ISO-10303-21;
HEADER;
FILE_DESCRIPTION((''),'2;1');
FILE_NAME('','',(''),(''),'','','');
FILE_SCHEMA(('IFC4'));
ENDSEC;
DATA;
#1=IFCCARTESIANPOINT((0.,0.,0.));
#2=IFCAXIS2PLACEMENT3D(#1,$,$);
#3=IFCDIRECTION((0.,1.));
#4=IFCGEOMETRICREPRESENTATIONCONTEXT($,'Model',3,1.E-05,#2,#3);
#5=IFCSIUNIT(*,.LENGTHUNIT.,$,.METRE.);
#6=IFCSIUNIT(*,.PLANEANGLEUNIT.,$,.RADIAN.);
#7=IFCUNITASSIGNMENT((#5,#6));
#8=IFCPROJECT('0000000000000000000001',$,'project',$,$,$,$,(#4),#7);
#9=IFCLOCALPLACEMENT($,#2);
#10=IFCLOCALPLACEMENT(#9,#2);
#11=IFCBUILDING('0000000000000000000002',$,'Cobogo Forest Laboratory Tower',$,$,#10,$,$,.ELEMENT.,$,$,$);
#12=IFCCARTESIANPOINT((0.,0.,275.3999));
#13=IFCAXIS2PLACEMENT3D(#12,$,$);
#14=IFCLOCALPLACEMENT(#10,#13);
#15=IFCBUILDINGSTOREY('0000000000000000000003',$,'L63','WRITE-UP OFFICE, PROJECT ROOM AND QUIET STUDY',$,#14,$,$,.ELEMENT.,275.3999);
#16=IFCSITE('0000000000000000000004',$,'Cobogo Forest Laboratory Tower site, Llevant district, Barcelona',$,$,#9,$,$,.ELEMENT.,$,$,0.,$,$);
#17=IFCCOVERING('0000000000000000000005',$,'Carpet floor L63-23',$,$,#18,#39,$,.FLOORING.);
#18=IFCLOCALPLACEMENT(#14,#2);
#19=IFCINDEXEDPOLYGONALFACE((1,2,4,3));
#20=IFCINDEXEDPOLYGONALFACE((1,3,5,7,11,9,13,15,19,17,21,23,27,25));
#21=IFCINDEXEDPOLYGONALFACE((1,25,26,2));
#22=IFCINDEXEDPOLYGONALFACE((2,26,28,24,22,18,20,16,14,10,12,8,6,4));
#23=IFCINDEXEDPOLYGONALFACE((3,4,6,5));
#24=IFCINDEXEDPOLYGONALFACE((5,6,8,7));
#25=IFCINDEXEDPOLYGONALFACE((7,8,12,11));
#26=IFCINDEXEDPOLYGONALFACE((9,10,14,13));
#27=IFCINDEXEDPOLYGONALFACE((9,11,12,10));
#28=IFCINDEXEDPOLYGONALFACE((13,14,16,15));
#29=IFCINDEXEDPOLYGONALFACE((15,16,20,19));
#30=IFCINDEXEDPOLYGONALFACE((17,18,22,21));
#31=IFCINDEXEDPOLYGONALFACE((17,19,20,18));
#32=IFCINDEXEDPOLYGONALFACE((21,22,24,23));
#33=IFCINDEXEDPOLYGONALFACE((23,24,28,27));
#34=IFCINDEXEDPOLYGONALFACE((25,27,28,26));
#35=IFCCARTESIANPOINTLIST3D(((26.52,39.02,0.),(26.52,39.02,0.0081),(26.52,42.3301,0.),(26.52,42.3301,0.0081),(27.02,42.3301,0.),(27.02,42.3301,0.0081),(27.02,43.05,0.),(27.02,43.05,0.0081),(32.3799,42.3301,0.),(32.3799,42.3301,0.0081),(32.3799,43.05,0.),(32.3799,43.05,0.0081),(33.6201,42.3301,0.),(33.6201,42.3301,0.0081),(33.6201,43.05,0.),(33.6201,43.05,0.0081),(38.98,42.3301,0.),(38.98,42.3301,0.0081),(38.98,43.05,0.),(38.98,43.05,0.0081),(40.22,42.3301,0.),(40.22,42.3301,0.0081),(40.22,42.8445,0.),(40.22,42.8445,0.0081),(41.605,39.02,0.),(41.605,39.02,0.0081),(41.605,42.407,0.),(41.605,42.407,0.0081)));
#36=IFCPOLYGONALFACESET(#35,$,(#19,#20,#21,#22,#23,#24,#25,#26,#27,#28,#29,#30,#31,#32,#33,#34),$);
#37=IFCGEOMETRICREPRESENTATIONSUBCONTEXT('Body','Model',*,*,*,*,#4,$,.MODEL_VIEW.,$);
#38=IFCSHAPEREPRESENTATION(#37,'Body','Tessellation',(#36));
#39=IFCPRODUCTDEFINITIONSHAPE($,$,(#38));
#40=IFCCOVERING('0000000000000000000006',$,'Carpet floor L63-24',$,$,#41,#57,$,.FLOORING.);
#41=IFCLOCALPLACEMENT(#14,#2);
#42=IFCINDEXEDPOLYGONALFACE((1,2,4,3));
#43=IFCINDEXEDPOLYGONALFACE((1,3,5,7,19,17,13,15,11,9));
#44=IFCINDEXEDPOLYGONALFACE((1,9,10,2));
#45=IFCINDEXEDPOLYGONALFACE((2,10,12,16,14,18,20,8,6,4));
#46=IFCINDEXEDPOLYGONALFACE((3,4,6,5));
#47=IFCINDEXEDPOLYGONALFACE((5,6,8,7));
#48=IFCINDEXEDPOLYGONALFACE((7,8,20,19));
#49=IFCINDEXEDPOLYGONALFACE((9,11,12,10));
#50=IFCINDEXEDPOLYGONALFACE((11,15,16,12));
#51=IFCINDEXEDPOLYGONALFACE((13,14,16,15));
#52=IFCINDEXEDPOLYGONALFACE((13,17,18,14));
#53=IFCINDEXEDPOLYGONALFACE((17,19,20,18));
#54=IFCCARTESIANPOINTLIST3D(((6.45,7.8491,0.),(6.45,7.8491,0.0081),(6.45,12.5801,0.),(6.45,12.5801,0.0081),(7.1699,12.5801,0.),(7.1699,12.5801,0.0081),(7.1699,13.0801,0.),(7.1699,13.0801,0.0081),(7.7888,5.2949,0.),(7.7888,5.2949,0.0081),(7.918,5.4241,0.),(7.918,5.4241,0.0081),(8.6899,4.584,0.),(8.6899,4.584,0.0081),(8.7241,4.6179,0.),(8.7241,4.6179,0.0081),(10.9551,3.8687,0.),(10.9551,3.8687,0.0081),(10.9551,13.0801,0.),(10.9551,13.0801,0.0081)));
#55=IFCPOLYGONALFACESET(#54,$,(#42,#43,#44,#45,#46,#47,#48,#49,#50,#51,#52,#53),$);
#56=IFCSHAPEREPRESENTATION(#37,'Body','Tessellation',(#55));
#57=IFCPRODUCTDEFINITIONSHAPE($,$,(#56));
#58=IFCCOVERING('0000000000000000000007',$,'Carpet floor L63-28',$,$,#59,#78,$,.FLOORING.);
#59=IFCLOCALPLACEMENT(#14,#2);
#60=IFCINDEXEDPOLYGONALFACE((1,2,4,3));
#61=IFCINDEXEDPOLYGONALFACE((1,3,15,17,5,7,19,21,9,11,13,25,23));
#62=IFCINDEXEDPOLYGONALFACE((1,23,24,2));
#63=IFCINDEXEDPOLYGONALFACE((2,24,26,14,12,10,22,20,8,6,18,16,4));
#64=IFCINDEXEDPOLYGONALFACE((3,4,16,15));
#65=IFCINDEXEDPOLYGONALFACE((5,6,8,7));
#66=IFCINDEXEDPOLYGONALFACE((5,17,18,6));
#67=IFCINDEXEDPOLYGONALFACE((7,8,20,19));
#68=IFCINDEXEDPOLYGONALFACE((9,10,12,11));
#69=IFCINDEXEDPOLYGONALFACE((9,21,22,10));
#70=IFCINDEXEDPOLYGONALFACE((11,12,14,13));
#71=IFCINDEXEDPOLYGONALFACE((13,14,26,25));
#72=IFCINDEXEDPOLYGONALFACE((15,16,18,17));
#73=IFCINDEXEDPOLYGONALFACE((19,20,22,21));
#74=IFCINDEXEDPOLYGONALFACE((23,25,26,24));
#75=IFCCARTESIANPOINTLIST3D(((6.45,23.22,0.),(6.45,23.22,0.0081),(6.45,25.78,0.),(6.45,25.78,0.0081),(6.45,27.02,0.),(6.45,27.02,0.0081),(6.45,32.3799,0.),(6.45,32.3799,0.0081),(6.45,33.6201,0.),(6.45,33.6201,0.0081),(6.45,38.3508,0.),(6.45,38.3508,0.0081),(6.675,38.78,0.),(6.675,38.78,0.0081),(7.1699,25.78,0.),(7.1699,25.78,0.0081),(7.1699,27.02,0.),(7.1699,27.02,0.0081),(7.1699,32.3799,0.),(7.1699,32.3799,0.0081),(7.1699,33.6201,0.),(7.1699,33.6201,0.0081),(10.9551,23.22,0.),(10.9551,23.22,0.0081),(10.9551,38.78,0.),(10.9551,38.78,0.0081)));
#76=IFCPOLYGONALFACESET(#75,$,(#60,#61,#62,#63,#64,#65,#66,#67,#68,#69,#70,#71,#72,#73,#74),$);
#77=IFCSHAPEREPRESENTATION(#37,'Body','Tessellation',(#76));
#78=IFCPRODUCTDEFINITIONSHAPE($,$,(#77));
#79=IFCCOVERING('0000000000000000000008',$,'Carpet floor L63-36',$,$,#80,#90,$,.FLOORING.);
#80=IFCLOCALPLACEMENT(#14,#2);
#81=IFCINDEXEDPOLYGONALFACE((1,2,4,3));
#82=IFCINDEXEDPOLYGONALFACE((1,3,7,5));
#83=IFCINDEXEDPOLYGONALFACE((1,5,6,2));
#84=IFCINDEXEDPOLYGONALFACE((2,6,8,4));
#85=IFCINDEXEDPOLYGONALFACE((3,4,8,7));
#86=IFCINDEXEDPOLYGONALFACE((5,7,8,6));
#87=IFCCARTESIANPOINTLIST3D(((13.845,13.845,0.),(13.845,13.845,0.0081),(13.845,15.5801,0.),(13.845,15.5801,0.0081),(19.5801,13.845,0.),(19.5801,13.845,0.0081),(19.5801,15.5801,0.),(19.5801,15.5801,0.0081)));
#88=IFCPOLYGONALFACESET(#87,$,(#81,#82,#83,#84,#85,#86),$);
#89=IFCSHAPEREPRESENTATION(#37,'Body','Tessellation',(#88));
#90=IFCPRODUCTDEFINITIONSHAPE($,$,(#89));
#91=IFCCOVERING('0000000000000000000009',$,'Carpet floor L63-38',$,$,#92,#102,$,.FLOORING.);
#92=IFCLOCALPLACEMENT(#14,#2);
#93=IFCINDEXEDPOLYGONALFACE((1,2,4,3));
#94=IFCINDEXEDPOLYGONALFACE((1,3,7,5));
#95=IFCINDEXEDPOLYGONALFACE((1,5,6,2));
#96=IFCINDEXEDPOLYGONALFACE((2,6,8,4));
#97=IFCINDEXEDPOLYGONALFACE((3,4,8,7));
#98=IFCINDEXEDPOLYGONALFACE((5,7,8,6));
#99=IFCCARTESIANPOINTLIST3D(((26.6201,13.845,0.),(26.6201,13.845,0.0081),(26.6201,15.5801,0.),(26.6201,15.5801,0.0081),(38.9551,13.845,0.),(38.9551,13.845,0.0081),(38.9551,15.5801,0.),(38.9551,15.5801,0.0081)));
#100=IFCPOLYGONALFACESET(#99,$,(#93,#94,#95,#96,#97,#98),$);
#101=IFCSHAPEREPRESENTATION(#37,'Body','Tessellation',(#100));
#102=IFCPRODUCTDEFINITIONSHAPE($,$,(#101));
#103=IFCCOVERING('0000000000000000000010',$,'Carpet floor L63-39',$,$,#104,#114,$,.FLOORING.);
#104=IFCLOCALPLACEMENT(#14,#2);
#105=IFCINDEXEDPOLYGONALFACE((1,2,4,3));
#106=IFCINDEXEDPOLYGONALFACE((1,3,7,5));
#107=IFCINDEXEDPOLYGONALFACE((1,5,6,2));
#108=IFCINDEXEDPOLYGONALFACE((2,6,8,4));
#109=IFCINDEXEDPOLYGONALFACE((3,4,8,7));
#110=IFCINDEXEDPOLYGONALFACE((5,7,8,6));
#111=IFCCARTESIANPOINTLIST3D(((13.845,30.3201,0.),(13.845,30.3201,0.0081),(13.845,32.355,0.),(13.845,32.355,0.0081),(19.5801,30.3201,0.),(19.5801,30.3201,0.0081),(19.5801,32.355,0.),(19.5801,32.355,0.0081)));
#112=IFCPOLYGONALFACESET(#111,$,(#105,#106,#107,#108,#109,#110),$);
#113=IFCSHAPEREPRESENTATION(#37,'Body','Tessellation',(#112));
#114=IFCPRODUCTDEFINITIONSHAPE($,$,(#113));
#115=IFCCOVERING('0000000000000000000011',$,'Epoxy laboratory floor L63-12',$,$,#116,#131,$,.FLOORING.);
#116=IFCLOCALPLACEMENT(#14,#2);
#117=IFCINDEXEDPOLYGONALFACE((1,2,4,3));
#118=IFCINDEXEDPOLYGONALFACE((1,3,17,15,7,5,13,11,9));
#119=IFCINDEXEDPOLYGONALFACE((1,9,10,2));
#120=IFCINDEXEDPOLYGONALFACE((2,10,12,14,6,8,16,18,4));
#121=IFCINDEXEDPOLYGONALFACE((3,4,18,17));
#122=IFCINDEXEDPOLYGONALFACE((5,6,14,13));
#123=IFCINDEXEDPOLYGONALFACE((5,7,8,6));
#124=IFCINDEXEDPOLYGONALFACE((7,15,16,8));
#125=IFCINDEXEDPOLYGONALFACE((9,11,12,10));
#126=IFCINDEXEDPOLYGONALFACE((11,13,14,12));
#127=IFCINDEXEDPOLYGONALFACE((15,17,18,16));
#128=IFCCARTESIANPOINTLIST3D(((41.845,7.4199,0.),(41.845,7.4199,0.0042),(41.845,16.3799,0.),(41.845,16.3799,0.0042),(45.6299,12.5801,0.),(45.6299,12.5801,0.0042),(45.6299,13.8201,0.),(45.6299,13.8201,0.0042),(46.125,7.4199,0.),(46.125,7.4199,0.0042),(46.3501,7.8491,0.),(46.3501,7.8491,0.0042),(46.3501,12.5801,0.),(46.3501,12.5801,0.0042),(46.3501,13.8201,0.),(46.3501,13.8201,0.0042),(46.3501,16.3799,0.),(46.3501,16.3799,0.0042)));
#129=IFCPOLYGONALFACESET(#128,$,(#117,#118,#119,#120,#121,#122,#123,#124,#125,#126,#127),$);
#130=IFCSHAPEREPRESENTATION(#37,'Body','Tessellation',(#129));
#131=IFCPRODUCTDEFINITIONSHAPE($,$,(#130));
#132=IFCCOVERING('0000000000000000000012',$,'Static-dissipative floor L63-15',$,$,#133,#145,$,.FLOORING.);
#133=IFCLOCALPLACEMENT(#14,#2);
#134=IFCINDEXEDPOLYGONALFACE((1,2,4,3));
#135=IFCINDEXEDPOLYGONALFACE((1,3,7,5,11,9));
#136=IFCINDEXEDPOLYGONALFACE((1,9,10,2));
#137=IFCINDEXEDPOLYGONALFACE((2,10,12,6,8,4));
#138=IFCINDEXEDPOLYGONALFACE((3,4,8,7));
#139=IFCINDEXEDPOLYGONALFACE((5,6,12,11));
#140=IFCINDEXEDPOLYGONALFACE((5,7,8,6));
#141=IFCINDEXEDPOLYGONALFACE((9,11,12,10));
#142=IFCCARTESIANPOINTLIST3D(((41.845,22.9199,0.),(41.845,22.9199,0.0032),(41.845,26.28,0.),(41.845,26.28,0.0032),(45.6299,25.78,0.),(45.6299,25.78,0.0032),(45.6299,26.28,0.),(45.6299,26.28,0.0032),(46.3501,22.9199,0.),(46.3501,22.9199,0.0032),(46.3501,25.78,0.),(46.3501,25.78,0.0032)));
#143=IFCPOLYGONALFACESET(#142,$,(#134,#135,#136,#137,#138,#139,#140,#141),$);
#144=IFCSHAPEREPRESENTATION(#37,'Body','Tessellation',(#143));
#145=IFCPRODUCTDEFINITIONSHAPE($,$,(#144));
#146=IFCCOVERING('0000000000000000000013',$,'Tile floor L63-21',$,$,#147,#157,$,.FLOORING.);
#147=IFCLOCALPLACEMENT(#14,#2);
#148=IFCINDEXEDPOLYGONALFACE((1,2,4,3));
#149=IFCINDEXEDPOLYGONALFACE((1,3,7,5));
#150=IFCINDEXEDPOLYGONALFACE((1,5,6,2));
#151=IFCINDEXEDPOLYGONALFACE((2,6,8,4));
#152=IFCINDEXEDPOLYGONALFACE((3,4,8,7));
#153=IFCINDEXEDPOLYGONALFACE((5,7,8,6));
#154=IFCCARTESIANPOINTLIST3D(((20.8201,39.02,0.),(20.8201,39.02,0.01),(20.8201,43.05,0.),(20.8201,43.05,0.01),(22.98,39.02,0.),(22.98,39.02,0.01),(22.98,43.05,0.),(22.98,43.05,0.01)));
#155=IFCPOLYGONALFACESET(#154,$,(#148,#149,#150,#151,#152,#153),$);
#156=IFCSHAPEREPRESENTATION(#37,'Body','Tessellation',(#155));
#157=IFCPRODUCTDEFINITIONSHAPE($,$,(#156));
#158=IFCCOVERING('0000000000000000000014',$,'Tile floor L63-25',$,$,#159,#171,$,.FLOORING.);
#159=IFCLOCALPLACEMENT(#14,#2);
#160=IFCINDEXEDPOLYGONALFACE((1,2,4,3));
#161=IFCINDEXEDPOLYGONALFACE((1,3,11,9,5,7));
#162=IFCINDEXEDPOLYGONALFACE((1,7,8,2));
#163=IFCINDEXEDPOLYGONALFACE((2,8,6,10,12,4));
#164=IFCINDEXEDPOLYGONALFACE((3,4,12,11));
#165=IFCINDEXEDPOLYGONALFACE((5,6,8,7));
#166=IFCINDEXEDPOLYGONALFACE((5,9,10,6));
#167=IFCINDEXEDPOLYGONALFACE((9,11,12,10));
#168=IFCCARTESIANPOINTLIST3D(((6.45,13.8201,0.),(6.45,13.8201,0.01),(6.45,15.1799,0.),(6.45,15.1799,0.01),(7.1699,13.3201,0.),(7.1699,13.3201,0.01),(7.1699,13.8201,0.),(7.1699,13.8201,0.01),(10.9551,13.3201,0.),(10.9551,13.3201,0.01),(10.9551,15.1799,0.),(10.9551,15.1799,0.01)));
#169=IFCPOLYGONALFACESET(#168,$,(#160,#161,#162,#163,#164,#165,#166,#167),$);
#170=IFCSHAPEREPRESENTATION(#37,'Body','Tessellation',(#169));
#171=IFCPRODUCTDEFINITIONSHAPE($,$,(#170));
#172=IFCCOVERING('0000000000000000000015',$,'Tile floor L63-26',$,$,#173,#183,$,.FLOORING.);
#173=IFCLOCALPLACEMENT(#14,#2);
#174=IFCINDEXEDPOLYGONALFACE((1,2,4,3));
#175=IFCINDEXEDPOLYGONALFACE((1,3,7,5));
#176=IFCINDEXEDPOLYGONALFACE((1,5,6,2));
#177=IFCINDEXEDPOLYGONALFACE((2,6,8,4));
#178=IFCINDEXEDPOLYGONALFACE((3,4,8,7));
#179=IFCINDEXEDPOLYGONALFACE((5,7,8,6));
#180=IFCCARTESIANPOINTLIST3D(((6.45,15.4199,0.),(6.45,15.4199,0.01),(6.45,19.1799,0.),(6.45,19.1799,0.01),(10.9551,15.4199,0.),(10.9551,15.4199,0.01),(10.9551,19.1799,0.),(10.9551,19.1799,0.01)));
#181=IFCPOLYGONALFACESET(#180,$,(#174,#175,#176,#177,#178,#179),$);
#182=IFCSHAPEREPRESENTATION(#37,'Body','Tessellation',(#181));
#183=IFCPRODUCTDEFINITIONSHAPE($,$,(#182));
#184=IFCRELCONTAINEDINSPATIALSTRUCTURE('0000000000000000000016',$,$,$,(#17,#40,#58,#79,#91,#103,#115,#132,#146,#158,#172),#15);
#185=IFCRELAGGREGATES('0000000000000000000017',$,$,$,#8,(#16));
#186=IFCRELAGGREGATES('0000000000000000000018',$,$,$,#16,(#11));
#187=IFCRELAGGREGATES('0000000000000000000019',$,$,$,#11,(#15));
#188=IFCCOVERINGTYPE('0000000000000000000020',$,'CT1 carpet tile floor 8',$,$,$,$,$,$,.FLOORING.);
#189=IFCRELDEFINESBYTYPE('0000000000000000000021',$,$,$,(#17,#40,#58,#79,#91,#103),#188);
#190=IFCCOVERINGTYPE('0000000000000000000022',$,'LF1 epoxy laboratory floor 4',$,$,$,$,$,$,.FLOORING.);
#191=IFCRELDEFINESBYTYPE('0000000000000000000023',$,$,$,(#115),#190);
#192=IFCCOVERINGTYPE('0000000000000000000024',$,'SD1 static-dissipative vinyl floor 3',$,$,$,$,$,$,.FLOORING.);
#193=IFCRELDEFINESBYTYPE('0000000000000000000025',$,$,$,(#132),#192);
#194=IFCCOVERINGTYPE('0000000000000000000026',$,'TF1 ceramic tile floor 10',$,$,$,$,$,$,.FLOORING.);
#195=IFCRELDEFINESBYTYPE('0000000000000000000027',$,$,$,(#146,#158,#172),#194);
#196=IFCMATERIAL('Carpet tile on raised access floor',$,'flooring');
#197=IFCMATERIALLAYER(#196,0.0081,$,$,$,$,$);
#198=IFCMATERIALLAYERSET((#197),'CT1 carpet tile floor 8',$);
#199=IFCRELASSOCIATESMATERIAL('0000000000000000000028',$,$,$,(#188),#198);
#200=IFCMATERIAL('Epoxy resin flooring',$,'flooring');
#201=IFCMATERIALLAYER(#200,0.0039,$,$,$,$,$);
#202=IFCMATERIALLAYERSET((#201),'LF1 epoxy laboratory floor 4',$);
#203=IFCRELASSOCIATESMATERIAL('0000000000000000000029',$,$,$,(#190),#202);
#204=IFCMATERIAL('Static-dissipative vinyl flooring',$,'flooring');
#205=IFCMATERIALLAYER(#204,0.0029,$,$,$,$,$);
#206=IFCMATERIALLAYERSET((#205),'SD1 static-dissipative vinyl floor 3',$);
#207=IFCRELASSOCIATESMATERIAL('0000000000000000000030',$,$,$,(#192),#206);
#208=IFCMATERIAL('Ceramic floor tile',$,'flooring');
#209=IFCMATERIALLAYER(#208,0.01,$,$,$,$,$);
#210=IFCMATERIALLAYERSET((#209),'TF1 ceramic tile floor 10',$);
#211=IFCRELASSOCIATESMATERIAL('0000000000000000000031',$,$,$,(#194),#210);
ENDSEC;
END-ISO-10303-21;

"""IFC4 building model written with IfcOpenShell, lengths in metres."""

from ifc_helpers import new_model, si_unit, direction, frame, origin, place, context, subcontext, project, spatial, polyline, outline, extrude, material, layer, layer_set, type_object, element, save


model = new_model("IFC4")

# Units and contexts
model_context = context("Model", 3, precision=1e-05, world=origin(), true_north=direction((0.0, 1.0)))
body_context = subcontext(model_context, "Body", "Model", "MODEL_VIEW")
ifc_project = project(units=[si_unit("LENGTHUNIT", "METRE"), si_unit("PLANEANGLEUNIT", "RADIAN")], contexts=[model_context])

# Site, building, storey
site_placement = place(None, origin())
site = spatial("IfcSite", under=ifc_project, at=site_placement, Name="Cobogo Forest Laboratory Tower site, Llevant district, Barcelona", CompositionType="ELEMENT", RefElevation=0.0)
building_placement = place(site_placement, origin())
building = spatial("IfcBuilding", under=site, at=building_placement, Name="Cobogo Forest Laboratory Tower", CompositionType="ELEMENT")
storey_placement = place(building_placement, frame((0.0, 0.0, 275.3999)))
storey = spatial("IfcBuildingStorey", under=building, at=storey_placement, Name="L63", Description="WRITE-UP OFFICE, PROJECT ROOM AND QUIET STUDY", CompositionType="ELEMENT", Elevation=275.3999)

# Coverings
ifc_material_1 = material(Name="Carpet tile on raised access floor", Category="flooring")
ifc_layer_1 = layer(ifc_material_1, 0.0081)
ifc_layer_set_1 = layer_set([ifc_layer_1], Name="CT1 carpet tile floor 8")
covering_type_1 = type_object("IfcCoveringType", Name="CT1 carpet tile floor 8", PredefinedType="FLOORING", material=ifc_layer_set_1)
covering_1_placement = place(storey_placement, origin())
element("IfcCovering", 1, at=covering_1_placement, inside=storey, type_object=covering_type_1, Name="Carpet floor L63-23", PredefinedType="FLOORING", context=body_context, shape_type="SweptSolid", body=[
    extrude(outline(polyline([(26.52, 39.02), (26.52, 42.3301), (27.02, 42.3301), (27.02, 43.05), (32.3799, 43.05), (32.3799, 42.3301), (33.6201, 42.3301), (33.6201, 43.05), (38.98, 43.05), (38.98, 42.3301), (40.22, 42.3301), (40.22, 42.8445), (41.605, 42.407), (41.605, 39.02), (26.52, 39.02)])), origin(), (0.0, 0.0, 1.0), 0.0081),
])
covering_2_placement = place(storey_placement, origin())
element("IfcCovering", 2, at=covering_2_placement, inside=storey, type_object=covering_type_1, Name="Carpet floor L63-24", PredefinedType="FLOORING", context=body_context, shape_type="SweptSolid", body=[
    extrude(outline(polyline([(8.6899, 4.584), (8.7241, 4.6179), (7.918, 5.4241), (7.7888, 5.2949), (6.45, 7.8491), (6.45, 12.5801), (7.1699, 12.5801), (7.1699, 13.0801), (10.9551, 13.0801), (10.9551, 3.8687), (8.6899, 4.584)])), origin(), (0.0, 0.0, 1.0), 0.0081),
])
covering_3_placement = place(storey_placement, origin())
element("IfcCovering", 3, at=covering_3_placement, inside=storey, type_object=covering_type_1, Name="Carpet floor L63-28", PredefinedType="FLOORING", context=body_context, shape_type="SweptSolid", body=[
    extrude(outline(polyline([(10.9551, 23.22), (6.45, 23.22), (6.45, 25.78), (7.1699, 25.78), (7.1699, 27.02), (6.45, 27.02), (6.45, 32.3799), (7.1699, 32.3799), (7.1699, 33.6201), (6.45, 33.6201), (6.45, 38.3508), (6.675, 38.78), (10.9551, 38.78), (10.9551, 23.22)])), origin(), (0.0, 0.0, 1.0), 0.0081),
])
covering_4_placement = place(storey_placement, origin())
element("IfcCovering", 4, at=covering_4_placement, inside=storey, type_object=covering_type_1, Name="Carpet floor L63-36", PredefinedType="FLOORING", context=body_context, shape_type="SweptSolid", body=[
    extrude(outline(polyline([(19.5801, 13.845), (13.845, 13.845), (13.845, 15.5801), (19.5801, 15.5801), (19.5801, 13.845)])), origin(), (0.0, 0.0, 1.0), 0.0081),
])
covering_5_placement = place(storey_placement, origin())
element("IfcCovering", 5, at=covering_5_placement, inside=storey, type_object=covering_type_1, Name="Carpet floor L63-38", PredefinedType="FLOORING", context=body_context, shape_type="SweptSolid", body=[
    extrude(outline(polyline([(38.9551, 13.845), (26.6201, 13.845), (26.6201, 15.5801), (38.9551, 15.5801), (38.9551, 13.845)])), origin(), (0.0, 0.0, 1.0), 0.0081),
])
covering_6_placement = place(storey_placement, origin())
element("IfcCovering", 6, at=covering_6_placement, inside=storey, type_object=covering_type_1, Name="Carpet floor L63-39", PredefinedType="FLOORING", context=body_context, shape_type="SweptSolid", body=[
    extrude(outline(polyline([(19.5801, 30.3201), (13.845, 30.3201), (13.845, 32.355), (19.5801, 32.355), (19.5801, 30.3201)])), origin(), (0.0, 0.0, 1.0), 0.0081),
])
ifc_material_2 = material(Name="Epoxy resin flooring", Category="flooring")
ifc_layer_2 = layer(ifc_material_2, 0.0039)
ifc_layer_set_2 = layer_set([ifc_layer_2], Name="LF1 epoxy laboratory floor 4")
covering_type_2 = type_object("IfcCoveringType", Name="LF1 epoxy laboratory floor 4", PredefinedType="FLOORING", material=ifc_layer_set_2)
covering_7_placement = place(storey_placement, origin())
element("IfcCovering", 7, at=covering_7_placement, inside=storey, type_object=covering_type_2, Name="Epoxy laboratory floor L63-12", PredefinedType="FLOORING", context=body_context, shape_type="SweptSolid", body=[
    extrude(outline(polyline([(41.845, 16.3799), (46.3501, 16.3799), (46.3501, 13.8201), (45.6299, 13.8201), (45.6299, 12.5801), (46.3501, 12.5801), (46.3501, 7.8491), (46.125, 7.4199), (41.845, 7.4199), (41.845, 16.3799)])), origin(), (0.0, 0.0, 1.0), 0.0042),
])
ifc_material_3 = material(Name="Static-dissipative vinyl flooring", Category="flooring")
ifc_layer_3 = layer(ifc_material_3, 0.0029)
ifc_layer_set_3 = layer_set([ifc_layer_3], Name="SD1 static-dissipative vinyl floor 3")
covering_type_3 = type_object("IfcCoveringType", Name="SD1 static-dissipative vinyl floor 3", PredefinedType="FLOORING", material=ifc_layer_set_3)
covering_8_placement = place(storey_placement, origin())
element("IfcCovering", 8, at=covering_8_placement, inside=storey, type_object=covering_type_3, Name="Static-dissipative floor L63-15", PredefinedType="FLOORING", context=body_context, shape_type="SweptSolid", body=[
    extrude(outline(polyline([(41.845, 26.28), (45.6299, 26.28), (45.6299, 25.78), (46.3501, 25.78), (46.3501, 22.9199), (41.845, 22.9199), (41.845, 26.28)])), origin(), (0.0, 0.0, 1.0), 0.0032),
])
ifc_material_4 = material(Name="Ceramic floor tile", Category="flooring")
ifc_layer_4 = layer(ifc_material_4, 0.01)
ifc_layer_set_4 = layer_set([ifc_layer_4], Name="TF1 ceramic tile floor 10")
covering_type_4 = type_object("IfcCoveringType", Name="TF1 ceramic tile floor 10", PredefinedType="FLOORING", material=ifc_layer_set_4)
covering_9_placement = place(storey_placement, origin())
element("IfcCovering", 9, at=covering_9_placement, inside=storey, type_object=covering_type_4, Name="Tile floor L63-21", PredefinedType="FLOORING", context=body_context, shape_type="SweptSolid", body=[
    extrude(outline(polyline([(22.98, 39.02), (20.8201, 39.02), (20.8201, 43.05), (22.98, 43.05), (22.98, 39.02)])), origin(), (0.0, 0.0, 1.0), 0.01),
])
covering_10_placement = place(storey_placement, origin())
element("IfcCovering", 10, at=covering_10_placement, inside=storey, type_object=covering_type_4, Name="Tile floor L63-25", PredefinedType="FLOORING", context=body_context, shape_type="SweptSolid", body=[
    extrude(outline(polyline([(10.9551, 13.3201), (7.1699, 13.3201), (7.1699, 13.8201), (6.45, 13.8201), (6.45, 15.1799), (10.9551, 15.1799), (10.9551, 13.3201)])), origin(), (0.0, 0.0, 1.0), 0.01),
])
covering_11_placement = place(storey_placement, origin())
element("IfcCovering", 11, at=covering_11_placement, inside=storey, type_object=covering_type_4, Name="Tile floor L63-26", PredefinedType="FLOORING", context=body_context, shape_type="SweptSolid", body=[
    extrude(outline(polyline([(10.9551, 15.4199), (6.45, 15.4199), (6.45, 19.1799), (10.9551, 19.1799), (10.9551, 15.4199)])), origin(), (0.0, 0.0, 1.0), 0.01),
])

save(model, "model.ifc")
